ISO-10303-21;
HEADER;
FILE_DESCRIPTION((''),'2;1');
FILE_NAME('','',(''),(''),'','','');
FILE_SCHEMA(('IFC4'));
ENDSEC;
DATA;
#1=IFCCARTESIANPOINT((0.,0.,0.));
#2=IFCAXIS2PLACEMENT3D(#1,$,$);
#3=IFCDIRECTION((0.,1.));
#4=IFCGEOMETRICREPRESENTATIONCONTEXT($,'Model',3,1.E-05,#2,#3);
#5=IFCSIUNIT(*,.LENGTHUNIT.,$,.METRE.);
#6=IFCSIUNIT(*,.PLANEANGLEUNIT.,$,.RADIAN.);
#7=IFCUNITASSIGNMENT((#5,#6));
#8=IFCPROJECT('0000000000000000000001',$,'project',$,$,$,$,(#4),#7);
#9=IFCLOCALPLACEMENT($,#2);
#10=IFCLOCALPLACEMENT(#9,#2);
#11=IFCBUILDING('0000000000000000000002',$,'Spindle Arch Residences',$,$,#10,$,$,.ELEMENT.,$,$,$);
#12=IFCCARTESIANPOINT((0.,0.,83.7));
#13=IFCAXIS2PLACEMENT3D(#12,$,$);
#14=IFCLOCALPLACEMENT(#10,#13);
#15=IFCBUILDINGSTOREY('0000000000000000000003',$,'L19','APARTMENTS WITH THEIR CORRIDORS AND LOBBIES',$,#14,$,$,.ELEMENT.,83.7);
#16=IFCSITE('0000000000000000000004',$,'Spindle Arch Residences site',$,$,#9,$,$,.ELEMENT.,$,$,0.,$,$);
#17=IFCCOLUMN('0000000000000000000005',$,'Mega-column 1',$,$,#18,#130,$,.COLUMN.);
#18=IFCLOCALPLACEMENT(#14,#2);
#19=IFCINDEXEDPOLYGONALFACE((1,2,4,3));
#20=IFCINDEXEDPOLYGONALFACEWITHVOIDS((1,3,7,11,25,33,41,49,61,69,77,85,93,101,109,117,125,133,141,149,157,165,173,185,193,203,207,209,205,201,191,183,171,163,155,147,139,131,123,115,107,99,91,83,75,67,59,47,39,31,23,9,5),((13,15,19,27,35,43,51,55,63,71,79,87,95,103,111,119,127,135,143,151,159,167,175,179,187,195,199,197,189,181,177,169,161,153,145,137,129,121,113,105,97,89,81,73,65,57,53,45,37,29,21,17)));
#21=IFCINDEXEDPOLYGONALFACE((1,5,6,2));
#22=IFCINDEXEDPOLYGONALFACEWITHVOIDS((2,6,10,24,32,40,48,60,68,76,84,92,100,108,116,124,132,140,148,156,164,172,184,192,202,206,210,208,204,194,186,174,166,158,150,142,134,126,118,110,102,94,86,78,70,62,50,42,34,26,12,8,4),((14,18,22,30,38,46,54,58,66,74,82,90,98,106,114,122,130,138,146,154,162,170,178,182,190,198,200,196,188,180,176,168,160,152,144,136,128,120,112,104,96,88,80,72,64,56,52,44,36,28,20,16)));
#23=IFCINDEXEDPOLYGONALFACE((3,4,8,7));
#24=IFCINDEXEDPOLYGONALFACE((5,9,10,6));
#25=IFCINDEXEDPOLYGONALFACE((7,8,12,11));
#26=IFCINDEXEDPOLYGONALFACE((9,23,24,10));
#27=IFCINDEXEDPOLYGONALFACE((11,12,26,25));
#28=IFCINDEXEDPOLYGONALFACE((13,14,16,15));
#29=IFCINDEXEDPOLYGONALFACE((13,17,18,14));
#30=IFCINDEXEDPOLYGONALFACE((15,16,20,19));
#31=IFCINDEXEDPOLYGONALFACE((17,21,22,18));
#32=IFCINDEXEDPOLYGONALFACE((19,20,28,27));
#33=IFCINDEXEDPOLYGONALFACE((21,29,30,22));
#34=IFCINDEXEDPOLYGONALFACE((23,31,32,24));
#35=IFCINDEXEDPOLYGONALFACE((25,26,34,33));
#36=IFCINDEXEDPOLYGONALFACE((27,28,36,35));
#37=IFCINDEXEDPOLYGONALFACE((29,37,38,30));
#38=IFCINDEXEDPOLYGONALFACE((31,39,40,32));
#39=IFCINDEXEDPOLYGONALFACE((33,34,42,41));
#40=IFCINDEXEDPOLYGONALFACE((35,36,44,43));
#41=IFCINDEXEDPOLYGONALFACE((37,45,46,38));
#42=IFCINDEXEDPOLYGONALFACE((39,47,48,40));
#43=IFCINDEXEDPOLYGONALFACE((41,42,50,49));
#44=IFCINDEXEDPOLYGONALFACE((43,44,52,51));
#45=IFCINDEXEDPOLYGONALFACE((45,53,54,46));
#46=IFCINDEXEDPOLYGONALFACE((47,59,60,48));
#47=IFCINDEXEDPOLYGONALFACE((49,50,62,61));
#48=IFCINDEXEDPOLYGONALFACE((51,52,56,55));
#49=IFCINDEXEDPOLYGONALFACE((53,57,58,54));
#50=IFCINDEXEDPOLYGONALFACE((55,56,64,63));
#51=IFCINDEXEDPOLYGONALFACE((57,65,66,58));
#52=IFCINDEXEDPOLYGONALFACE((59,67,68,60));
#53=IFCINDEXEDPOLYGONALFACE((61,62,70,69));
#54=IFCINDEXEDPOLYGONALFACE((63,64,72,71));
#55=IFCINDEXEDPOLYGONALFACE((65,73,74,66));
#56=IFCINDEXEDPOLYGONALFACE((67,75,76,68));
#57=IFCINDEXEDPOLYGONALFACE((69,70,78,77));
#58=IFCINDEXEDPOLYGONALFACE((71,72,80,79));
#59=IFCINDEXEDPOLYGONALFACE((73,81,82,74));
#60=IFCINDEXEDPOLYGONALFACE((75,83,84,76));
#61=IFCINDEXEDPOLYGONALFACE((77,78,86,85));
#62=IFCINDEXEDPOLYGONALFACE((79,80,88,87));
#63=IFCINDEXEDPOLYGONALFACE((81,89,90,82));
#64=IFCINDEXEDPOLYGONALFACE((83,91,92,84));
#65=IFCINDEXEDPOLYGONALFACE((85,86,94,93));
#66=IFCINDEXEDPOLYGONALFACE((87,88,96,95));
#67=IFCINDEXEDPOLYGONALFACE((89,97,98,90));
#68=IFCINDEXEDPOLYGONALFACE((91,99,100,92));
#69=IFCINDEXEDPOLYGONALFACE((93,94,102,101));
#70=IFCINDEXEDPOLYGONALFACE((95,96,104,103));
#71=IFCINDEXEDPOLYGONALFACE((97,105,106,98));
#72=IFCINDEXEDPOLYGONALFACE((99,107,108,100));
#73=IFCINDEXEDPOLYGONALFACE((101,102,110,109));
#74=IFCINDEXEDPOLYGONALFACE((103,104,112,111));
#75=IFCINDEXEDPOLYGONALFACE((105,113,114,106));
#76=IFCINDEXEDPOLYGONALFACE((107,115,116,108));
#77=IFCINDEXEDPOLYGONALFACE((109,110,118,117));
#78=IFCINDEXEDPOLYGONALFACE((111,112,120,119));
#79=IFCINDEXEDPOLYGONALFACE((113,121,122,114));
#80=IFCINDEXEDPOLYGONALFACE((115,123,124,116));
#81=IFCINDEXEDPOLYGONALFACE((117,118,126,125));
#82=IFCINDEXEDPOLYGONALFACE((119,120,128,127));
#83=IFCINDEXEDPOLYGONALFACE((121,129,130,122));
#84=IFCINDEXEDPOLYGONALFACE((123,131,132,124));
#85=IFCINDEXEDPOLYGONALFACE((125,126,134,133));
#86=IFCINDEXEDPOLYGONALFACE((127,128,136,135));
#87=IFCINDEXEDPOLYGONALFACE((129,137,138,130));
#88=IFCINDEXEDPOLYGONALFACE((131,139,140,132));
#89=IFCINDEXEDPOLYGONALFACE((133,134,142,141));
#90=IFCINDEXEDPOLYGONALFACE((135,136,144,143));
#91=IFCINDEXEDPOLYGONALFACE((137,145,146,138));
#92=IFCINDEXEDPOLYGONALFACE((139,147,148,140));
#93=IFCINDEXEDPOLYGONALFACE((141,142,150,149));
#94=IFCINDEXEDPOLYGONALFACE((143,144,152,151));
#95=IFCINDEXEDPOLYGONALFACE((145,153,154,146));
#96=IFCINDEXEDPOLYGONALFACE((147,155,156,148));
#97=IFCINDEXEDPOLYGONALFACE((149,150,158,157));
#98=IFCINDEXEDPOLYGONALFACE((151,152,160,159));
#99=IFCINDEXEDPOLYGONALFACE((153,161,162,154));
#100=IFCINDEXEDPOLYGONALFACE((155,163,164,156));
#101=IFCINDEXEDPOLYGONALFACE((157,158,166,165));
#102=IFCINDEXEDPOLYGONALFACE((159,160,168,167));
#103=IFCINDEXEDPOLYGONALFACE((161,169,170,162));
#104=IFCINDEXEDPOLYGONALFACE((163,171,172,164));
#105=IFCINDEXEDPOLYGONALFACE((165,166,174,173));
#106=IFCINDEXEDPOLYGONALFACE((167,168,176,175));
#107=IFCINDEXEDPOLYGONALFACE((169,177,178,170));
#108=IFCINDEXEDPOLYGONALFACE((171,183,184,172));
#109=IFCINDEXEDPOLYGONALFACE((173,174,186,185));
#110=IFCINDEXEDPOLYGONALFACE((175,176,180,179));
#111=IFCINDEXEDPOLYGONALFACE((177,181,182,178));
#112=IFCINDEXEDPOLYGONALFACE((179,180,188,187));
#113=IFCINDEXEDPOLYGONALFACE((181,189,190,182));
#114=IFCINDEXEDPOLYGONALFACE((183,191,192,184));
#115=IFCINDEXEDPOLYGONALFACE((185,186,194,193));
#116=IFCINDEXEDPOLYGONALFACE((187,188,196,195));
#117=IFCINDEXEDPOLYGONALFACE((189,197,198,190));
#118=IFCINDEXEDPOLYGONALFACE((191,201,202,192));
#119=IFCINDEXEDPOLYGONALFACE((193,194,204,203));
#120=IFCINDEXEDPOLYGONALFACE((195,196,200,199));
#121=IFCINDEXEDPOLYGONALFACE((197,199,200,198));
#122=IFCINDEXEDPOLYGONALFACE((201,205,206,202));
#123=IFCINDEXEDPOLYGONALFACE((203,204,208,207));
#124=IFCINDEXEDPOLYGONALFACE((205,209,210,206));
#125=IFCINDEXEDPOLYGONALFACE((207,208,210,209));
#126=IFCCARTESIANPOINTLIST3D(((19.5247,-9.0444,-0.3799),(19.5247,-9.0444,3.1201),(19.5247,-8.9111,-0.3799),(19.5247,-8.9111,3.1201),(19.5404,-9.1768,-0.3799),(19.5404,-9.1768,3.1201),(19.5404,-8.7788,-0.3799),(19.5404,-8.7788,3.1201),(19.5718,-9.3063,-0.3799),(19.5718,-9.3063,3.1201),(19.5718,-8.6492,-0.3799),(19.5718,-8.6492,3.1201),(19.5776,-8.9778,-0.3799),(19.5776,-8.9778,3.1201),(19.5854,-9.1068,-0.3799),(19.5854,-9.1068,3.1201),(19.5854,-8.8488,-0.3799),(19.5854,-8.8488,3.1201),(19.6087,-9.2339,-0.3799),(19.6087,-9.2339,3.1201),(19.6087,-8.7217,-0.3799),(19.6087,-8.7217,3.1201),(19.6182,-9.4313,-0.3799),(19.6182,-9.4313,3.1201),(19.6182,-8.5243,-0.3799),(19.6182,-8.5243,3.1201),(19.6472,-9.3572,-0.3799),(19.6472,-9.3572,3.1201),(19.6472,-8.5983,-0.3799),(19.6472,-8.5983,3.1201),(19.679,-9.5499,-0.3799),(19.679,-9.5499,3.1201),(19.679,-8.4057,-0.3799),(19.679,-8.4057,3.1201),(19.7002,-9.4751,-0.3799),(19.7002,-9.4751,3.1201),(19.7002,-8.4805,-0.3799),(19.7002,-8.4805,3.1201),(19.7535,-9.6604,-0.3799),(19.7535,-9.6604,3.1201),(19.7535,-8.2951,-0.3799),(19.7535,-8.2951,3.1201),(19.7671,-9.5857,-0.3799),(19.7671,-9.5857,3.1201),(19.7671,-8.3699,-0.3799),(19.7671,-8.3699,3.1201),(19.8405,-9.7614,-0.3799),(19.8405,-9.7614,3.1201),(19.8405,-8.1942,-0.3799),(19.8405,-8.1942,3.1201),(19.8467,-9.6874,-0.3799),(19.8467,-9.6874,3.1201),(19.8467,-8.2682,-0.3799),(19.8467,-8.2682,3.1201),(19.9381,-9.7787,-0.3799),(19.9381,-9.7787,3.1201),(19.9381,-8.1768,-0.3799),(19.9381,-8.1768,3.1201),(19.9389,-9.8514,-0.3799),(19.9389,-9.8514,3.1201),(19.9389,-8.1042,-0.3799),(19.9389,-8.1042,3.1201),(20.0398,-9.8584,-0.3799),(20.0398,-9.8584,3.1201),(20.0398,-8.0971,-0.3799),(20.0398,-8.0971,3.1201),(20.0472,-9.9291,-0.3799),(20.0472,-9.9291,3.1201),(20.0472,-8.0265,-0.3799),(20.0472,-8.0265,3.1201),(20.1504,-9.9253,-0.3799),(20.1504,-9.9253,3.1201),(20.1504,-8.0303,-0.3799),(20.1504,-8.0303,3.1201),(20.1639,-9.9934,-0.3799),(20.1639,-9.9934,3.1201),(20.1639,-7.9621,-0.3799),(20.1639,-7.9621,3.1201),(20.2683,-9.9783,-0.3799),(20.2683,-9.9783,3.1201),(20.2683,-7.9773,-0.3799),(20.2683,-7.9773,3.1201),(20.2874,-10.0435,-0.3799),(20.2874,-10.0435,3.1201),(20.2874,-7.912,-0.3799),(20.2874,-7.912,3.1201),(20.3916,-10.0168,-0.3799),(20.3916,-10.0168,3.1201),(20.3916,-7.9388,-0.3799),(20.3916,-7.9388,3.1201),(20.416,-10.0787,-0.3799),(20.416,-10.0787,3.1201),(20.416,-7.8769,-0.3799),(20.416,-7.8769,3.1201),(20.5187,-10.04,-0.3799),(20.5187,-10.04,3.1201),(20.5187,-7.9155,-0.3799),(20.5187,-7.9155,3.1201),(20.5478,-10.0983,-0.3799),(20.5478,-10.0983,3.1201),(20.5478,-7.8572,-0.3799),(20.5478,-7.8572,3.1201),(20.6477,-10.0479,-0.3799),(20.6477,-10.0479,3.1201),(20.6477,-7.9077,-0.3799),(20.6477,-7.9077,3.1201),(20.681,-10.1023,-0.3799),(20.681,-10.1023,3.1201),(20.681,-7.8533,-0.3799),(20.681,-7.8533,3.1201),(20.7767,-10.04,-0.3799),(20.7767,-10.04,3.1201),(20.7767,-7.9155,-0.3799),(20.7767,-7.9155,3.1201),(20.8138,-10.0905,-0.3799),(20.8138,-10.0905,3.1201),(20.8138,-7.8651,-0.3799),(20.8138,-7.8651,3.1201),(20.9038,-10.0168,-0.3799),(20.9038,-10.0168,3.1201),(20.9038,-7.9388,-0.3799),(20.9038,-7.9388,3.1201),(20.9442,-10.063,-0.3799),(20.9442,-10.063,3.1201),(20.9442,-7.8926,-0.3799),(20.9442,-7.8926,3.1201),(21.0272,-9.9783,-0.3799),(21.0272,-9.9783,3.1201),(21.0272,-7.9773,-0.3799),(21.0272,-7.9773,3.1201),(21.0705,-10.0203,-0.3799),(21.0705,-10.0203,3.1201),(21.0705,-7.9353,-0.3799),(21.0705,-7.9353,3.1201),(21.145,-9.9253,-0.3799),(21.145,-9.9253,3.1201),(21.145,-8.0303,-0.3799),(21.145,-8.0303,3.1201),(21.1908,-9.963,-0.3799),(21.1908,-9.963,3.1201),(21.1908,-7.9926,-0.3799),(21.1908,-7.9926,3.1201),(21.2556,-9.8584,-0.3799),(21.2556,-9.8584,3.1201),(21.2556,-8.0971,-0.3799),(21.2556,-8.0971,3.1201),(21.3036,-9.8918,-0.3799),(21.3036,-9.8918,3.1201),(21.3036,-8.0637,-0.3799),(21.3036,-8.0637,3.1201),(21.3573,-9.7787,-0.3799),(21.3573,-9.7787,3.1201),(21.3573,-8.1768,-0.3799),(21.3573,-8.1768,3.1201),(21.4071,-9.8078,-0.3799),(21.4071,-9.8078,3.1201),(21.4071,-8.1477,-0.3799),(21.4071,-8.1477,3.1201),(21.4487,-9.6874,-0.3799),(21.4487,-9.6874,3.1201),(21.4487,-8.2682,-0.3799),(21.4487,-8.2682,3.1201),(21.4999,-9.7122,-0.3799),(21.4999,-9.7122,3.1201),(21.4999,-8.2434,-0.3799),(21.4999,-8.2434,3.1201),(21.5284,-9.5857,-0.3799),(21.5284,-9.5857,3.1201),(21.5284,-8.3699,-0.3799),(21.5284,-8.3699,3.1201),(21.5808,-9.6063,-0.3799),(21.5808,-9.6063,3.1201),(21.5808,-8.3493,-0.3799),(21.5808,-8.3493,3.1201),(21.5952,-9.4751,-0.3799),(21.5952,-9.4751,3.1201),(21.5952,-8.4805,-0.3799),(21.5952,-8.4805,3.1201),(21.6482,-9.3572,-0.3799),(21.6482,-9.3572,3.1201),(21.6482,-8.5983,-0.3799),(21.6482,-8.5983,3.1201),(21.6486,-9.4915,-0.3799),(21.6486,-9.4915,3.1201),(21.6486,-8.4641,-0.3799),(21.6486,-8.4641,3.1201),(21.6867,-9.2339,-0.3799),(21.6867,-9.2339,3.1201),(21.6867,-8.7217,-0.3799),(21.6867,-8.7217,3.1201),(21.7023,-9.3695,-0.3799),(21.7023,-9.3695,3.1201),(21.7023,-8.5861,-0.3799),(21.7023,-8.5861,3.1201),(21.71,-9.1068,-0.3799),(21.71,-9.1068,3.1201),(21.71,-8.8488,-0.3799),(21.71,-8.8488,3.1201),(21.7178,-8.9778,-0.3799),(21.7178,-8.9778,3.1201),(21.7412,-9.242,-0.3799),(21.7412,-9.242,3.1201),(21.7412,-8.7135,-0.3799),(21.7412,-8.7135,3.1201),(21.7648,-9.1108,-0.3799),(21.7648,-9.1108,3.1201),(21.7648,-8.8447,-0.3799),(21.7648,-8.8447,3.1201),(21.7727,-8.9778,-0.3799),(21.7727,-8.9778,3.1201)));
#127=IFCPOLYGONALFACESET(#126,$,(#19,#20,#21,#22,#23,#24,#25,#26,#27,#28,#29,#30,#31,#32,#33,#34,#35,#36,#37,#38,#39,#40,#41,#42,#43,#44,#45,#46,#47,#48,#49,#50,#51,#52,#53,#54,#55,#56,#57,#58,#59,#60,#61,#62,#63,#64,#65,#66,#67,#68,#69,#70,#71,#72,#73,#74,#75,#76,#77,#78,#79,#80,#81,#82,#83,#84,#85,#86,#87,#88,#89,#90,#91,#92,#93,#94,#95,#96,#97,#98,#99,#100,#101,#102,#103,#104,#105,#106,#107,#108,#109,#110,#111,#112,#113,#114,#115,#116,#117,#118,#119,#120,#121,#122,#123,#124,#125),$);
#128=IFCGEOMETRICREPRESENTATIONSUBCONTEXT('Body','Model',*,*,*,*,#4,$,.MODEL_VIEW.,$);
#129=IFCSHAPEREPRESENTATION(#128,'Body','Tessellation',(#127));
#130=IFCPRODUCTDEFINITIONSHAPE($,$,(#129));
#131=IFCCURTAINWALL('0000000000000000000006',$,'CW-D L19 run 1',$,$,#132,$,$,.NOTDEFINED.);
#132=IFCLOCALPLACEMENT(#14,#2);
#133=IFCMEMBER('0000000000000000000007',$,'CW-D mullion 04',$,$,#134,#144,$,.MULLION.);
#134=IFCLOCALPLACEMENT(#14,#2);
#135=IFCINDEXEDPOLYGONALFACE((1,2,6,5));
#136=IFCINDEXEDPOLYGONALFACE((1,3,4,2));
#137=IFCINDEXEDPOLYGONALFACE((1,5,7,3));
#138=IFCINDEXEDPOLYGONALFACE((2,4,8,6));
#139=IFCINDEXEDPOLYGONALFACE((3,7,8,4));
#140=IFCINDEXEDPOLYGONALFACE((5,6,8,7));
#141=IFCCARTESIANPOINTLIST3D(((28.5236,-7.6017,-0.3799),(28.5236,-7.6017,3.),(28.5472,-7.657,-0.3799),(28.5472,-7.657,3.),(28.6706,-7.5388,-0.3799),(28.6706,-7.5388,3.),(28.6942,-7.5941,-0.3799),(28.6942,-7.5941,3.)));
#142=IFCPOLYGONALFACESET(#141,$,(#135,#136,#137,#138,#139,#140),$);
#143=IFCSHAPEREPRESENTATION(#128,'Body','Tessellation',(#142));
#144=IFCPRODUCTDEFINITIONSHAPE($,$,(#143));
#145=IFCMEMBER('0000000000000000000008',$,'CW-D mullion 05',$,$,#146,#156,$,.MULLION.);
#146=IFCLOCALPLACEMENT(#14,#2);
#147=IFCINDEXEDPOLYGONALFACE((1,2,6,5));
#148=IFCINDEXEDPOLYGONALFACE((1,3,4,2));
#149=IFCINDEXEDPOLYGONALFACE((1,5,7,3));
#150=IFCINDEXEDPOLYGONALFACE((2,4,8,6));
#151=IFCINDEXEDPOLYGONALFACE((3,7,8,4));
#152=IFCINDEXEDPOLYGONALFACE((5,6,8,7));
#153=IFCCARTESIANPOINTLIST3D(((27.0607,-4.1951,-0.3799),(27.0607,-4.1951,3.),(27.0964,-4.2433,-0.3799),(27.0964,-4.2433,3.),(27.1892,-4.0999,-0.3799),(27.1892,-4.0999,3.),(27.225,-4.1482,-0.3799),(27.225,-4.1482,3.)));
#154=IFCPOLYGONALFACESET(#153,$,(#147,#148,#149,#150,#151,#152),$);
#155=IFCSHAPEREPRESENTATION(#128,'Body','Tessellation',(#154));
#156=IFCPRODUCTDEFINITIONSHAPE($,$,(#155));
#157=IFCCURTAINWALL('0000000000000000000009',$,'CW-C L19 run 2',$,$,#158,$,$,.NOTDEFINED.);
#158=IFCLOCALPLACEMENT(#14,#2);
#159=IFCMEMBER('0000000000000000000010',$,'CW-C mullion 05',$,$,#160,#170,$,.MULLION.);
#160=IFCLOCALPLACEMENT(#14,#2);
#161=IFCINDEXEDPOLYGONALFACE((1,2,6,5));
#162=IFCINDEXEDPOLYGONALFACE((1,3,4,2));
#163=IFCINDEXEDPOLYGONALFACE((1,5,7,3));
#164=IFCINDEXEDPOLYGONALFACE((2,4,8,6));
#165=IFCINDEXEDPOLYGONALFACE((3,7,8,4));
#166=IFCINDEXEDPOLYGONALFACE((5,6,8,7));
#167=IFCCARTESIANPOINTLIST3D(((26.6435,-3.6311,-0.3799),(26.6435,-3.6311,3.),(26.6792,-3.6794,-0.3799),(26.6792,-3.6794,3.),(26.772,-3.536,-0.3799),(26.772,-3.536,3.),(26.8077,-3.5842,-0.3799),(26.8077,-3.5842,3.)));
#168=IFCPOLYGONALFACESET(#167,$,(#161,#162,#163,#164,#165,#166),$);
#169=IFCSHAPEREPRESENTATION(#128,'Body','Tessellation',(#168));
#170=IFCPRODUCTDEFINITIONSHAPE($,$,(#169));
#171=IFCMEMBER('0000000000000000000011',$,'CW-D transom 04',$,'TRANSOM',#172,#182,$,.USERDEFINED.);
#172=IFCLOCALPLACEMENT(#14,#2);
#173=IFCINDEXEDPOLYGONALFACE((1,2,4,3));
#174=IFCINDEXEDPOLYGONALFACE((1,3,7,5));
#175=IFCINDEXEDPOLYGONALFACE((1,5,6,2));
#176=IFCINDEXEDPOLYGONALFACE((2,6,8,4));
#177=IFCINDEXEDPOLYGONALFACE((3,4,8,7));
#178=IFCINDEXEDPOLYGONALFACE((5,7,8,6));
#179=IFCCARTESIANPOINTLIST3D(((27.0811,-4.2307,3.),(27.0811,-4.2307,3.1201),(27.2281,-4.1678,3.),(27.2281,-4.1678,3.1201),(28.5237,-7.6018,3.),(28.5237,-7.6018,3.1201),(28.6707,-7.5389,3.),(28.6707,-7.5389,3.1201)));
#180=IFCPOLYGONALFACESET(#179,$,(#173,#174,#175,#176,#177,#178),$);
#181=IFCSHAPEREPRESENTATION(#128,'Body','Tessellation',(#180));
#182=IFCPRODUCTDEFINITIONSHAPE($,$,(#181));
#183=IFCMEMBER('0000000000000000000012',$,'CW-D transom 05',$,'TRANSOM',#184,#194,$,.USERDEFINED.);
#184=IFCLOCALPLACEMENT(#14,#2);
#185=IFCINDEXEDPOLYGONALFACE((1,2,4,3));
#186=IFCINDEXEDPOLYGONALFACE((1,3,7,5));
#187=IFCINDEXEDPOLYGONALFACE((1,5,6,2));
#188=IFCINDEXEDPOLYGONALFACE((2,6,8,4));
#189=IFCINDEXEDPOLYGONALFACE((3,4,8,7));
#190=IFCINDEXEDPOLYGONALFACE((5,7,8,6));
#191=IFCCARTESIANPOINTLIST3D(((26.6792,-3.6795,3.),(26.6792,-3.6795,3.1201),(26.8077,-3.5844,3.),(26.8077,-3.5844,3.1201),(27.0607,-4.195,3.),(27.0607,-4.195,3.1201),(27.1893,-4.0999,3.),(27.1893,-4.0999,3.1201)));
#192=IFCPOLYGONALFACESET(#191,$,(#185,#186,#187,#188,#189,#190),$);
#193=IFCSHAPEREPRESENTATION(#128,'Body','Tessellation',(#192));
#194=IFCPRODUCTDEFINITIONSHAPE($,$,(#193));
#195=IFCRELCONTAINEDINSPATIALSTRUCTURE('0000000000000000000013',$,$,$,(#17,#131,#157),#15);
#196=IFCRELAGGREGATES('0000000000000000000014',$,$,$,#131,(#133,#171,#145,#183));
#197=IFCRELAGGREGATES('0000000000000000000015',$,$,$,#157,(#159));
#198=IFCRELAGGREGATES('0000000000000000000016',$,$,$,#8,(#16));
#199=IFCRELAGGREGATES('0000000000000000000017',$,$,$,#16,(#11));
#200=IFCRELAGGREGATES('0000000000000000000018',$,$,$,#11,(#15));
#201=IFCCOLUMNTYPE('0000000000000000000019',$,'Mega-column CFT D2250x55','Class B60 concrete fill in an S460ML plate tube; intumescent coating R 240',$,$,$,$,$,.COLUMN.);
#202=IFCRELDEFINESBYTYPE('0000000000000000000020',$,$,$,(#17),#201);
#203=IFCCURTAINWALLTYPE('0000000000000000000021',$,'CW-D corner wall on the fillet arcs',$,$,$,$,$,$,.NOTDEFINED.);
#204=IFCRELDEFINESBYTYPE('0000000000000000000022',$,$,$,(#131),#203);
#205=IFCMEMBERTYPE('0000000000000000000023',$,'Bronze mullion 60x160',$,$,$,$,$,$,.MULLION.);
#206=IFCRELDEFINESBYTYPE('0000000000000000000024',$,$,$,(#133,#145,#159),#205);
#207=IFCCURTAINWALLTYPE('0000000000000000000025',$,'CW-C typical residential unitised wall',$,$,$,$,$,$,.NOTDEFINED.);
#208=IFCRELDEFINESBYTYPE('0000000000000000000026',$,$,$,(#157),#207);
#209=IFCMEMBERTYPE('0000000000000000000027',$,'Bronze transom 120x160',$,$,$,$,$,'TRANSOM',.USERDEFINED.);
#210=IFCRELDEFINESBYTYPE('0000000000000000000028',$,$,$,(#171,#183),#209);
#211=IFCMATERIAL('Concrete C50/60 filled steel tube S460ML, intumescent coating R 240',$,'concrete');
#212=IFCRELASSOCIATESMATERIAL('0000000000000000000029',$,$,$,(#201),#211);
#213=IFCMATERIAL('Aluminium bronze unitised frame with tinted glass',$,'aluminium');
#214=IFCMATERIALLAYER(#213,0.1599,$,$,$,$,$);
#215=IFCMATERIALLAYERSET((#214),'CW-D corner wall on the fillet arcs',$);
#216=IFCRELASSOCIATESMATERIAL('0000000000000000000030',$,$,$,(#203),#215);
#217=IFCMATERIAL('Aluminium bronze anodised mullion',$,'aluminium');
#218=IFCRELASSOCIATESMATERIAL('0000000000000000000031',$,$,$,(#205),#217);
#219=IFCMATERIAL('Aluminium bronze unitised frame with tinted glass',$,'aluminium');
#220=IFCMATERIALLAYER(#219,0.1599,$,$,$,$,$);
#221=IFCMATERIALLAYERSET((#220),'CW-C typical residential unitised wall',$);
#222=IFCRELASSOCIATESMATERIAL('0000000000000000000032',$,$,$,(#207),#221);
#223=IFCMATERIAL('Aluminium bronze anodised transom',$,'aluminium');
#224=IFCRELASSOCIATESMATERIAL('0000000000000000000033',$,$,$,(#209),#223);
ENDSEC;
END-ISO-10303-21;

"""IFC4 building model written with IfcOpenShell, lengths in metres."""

from ifc_helpers import new_model, si_unit, direction, frame, origin, origin_2d, place, context, subcontext, project, spatial, rectangle, hollow_circle, extrude, material, layer, layer_set, material_profile, profile_set, type_object, element, aggregate, save


model = new_model("IFC4")

# Units and contexts
model_context = context("Model", 3, precision=1e-05, world=origin(), true_north=direction((0.0, 1.0)))
body_context = subcontext(model_context, "Body", "Model", "MODEL_VIEW")
ifc_project = project(units=[si_unit("LENGTHUNIT", "METRE"), si_unit("PLANEANGLEUNIT", "RADIAN")], contexts=[model_context])

# Site, building, storey
site_placement = place(None, origin())
site = spatial("IfcSite", under=ifc_project, at=site_placement, Name="Spindle Arch Residences site", CompositionType="ELEMENT", RefElevation=0.0)
building_placement = place(site_placement, origin())
building = spatial("IfcBuilding", under=site, at=building_placement, Name="Spindle Arch Residences", CompositionType="ELEMENT")
storey_placement = place(building_placement, frame((0.0, 0.0, 83.7)))
storey = spatial("IfcBuildingStorey", under=building, at=storey_placement, Name="L19", Description="APARTMENTS WITH THEIR CORRIDORS AND LOBBIES", CompositionType="ELEMENT", Elevation=83.7)

# Column
ifc_material_1 = material(Name="Concrete C50/60 filled steel tube S460ML, intumescent coating R 240", Category="concrete")
ifc_material_profile_1 = material_profile(ifc_material_1, hollow_circle(Radius=1.125, WallThickness=0.0549, at=origin_2d()), Name="CFT D2250x55")
ifc_profile_set_1 = profile_set([ifc_material_profile_1], Name="Concrete C50/60 filled steel tube S460ML, intumescent coating R 240")
column_type_1 = type_object("IfcColumnType", Name="Mega-column CFT D2250x55", Description="Class B60 concrete fill in an S460ML plate tube; intumescent coating R 240", PredefinedType="COLUMN", material=ifc_profile_set_1)
column_placement = place(storey_placement, frame((20.6477, -8.9778, -0.3799), z_axis=(0.0, 0.0, 1.0), x_axis=(1.0, 0.0, 0.0)))
element("IfcColumn", 1, at=column_placement, inside=storey, type_object=column_type_1, Name="Mega-column 1", PredefinedType="COLUMN", context=body_context, shape_type="SweptSolid", body=[
    extrude(hollow_circle(Radius=1.125, WallThickness=0.0549, at=origin_2d()), origin(), (0.0, 0.0, 1.0), 3.5),
])

# Curtain wall, members
ifc_material_2 = material(Name="Aluminium bronze unitised frame with tinted glass", Category="aluminium")
ifc_layer_1 = layer(ifc_material_2, 0.1599)
ifc_layer_set_1 = layer_set([ifc_layer_1], Name="CW-D corner wall on the fillet arcs")
curtain_wall_type_1 = type_object("IfcCurtainWallType", Name="CW-D corner wall on the fillet arcs", PredefinedType="NOTDEFINED", material=ifc_layer_set_1)
curtain_wall_1_placement = place(storey_placement, origin())
curtain_wall_1 = element("IfcCurtainWall", 2, at=curtain_wall_1_placement, inside=storey, type_object=curtain_wall_type_1, Name="CW-D L19 run 1", PredefinedType="NOTDEFINED")
ifc_material_3 = material(Name="Aluminium bronze anodised mullion", Category="aluminium")
ifc_material_profile_2 = material_profile(ifc_material_3, rectangle(XDim=0.1599, YDim=0.0601, at=origin_2d()), Name="MU 60x160")
ifc_profile_set_2 = profile_set([ifc_material_profile_2], Name="Aluminium bronze anodised mullion")
member_type_1 = type_object("IfcMemberType", Name="Bronze mullion 60x160", PredefinedType="MULLION", material=ifc_profile_set_2)
member_1_placement = place(storey_placement, frame((28.6089, -7.5979, -0.3799), z_axis=(0.0, 0.0, 1.0), x_axis=(-0.919364, -0.393407, 0.0)))
member_1 = element("IfcMember", 3, at=member_1_placement, type_object=member_type_1, Name="CW-D mullion 04", PredefinedType="MULLION", context=body_context, shape_type="SweptSolid", body=[
    extrude(rectangle(XDim=0.1599, YDim=0.0601, at=origin_2d()), origin(), (0.0, 0.0, 1.0), 3.3799),
])
member_2_placement = place(storey_placement, frame((27.1428, -4.1716, -0.3799), z_axis=(0.0, 0.0, 1.0), x_axis=(-0.803857, -0.594823, 0.0)))
member_2 = element("IfcMember", 4, at=member_2_placement, type_object=member_type_1, Name="CW-D mullion 05", PredefinedType="MULLION", context=body_context, shape_type="SweptSolid", body=[
    extrude(rectangle(XDim=0.1599, YDim=0.0601, at=origin_2d()), origin(), (0.0, 0.0, 1.0), 3.3799),
])

# Curtain wall, member
ifc_material_4 = material(Name="Aluminium bronze unitised frame with tinted glass", Category="aluminium")
ifc_layer_2 = layer(ifc_material_4, 0.1599)
ifc_layer_set_2 = layer_set([ifc_layer_2], Name="CW-C typical residential unitised wall")
curtain_wall_type_2 = type_object("IfcCurtainWallType", Name="CW-C typical residential unitised wall", PredefinedType="NOTDEFINED", material=ifc_layer_set_2)
curtain_wall_2_placement = place(storey_placement, origin())
curtain_wall_2 = element("IfcCurtainWall", 5, at=curtain_wall_2_placement, inside=storey, type_object=curtain_wall_type_2, Name="CW-C L19 run 2", PredefinedType="NOTDEFINED")
member_3_placement = place(storey_placement, frame((26.7256, -3.6077, -0.3799), z_axis=(0.0, 0.0, 1.0), x_axis=(-0.803857, -0.594823, 0.0)))
member_3 = element("IfcMember", 6, at=member_3_placement, type_object=member_type_1, Name="CW-C mullion 05", PredefinedType="MULLION", context=body_context, shape_type="SweptSolid", body=[
    extrude(rectangle(XDim=0.1599, YDim=0.0601, at=origin_2d()), origin(), (0.0, 0.0, 1.0), 3.3799),
])

# Members
ifc_material_5 = material(Name="Aluminium bronze anodised transom", Category="aluminium")
ifc_material_profile_3 = material_profile(ifc_material_5, rectangle(XDim=0.1599, YDim=0.1201, at=origin_2d()), Name="TR 120x160")
ifc_profile_set_3 = profile_set([ifc_material_profile_3], Name="Aluminium bronze anodised transom")
member_type_2 = type_object("IfcMemberType", Name="Bronze transom 120x160", ElementType="TRANSOM", PredefinedType="USERDEFINED", material=ifc_profile_set_3)
member_4_placement = place(storey_placement, frame((28.5972, -7.5703, 3.0601), z_axis=(-0.393429, 0.919355, 0.0), x_axis=(-0.919355, -0.393429, 0.0)))
member_4 = element("IfcMember", 7, at=member_4_placement, type_object=member_type_2, Name="CW-D transom 04", ObjectType="TRANSOM", PredefinedType="USERDEFINED", context=body_context, shape_type="SweptSolid", body=[
    extrude(rectangle(XDim=0.1599, YDim=0.1201, at=origin_2d()), origin(), (0.0, 0.0, 1.0), 3.6667),
])
member_5_placement = place(storey_placement, frame((27.125, -4.1475, 3.0601), z_axis=(-0.594873, 0.80382, 0.0), x_axis=(-0.80382, -0.594873, 0.0)))
member_5 = element("IfcMember", 8, at=member_5_placement, type_object=member_type_2, Name="CW-D transom 05", ObjectType="TRANSOM", PredefinedType="USERDEFINED", context=body_context, shape_type="SweptSolid", body=[
    extrude(rectangle(XDim=0.1599, YDim=0.1201, at=origin_2d()), origin(), (0.0, 0.0, 1.0), 0.6414),
])

aggregate(curtain_wall_1, [member_1, member_4, member_2, member_5])
aggregate(curtain_wall_2, [member_3])

save(model, "model.ifc")
